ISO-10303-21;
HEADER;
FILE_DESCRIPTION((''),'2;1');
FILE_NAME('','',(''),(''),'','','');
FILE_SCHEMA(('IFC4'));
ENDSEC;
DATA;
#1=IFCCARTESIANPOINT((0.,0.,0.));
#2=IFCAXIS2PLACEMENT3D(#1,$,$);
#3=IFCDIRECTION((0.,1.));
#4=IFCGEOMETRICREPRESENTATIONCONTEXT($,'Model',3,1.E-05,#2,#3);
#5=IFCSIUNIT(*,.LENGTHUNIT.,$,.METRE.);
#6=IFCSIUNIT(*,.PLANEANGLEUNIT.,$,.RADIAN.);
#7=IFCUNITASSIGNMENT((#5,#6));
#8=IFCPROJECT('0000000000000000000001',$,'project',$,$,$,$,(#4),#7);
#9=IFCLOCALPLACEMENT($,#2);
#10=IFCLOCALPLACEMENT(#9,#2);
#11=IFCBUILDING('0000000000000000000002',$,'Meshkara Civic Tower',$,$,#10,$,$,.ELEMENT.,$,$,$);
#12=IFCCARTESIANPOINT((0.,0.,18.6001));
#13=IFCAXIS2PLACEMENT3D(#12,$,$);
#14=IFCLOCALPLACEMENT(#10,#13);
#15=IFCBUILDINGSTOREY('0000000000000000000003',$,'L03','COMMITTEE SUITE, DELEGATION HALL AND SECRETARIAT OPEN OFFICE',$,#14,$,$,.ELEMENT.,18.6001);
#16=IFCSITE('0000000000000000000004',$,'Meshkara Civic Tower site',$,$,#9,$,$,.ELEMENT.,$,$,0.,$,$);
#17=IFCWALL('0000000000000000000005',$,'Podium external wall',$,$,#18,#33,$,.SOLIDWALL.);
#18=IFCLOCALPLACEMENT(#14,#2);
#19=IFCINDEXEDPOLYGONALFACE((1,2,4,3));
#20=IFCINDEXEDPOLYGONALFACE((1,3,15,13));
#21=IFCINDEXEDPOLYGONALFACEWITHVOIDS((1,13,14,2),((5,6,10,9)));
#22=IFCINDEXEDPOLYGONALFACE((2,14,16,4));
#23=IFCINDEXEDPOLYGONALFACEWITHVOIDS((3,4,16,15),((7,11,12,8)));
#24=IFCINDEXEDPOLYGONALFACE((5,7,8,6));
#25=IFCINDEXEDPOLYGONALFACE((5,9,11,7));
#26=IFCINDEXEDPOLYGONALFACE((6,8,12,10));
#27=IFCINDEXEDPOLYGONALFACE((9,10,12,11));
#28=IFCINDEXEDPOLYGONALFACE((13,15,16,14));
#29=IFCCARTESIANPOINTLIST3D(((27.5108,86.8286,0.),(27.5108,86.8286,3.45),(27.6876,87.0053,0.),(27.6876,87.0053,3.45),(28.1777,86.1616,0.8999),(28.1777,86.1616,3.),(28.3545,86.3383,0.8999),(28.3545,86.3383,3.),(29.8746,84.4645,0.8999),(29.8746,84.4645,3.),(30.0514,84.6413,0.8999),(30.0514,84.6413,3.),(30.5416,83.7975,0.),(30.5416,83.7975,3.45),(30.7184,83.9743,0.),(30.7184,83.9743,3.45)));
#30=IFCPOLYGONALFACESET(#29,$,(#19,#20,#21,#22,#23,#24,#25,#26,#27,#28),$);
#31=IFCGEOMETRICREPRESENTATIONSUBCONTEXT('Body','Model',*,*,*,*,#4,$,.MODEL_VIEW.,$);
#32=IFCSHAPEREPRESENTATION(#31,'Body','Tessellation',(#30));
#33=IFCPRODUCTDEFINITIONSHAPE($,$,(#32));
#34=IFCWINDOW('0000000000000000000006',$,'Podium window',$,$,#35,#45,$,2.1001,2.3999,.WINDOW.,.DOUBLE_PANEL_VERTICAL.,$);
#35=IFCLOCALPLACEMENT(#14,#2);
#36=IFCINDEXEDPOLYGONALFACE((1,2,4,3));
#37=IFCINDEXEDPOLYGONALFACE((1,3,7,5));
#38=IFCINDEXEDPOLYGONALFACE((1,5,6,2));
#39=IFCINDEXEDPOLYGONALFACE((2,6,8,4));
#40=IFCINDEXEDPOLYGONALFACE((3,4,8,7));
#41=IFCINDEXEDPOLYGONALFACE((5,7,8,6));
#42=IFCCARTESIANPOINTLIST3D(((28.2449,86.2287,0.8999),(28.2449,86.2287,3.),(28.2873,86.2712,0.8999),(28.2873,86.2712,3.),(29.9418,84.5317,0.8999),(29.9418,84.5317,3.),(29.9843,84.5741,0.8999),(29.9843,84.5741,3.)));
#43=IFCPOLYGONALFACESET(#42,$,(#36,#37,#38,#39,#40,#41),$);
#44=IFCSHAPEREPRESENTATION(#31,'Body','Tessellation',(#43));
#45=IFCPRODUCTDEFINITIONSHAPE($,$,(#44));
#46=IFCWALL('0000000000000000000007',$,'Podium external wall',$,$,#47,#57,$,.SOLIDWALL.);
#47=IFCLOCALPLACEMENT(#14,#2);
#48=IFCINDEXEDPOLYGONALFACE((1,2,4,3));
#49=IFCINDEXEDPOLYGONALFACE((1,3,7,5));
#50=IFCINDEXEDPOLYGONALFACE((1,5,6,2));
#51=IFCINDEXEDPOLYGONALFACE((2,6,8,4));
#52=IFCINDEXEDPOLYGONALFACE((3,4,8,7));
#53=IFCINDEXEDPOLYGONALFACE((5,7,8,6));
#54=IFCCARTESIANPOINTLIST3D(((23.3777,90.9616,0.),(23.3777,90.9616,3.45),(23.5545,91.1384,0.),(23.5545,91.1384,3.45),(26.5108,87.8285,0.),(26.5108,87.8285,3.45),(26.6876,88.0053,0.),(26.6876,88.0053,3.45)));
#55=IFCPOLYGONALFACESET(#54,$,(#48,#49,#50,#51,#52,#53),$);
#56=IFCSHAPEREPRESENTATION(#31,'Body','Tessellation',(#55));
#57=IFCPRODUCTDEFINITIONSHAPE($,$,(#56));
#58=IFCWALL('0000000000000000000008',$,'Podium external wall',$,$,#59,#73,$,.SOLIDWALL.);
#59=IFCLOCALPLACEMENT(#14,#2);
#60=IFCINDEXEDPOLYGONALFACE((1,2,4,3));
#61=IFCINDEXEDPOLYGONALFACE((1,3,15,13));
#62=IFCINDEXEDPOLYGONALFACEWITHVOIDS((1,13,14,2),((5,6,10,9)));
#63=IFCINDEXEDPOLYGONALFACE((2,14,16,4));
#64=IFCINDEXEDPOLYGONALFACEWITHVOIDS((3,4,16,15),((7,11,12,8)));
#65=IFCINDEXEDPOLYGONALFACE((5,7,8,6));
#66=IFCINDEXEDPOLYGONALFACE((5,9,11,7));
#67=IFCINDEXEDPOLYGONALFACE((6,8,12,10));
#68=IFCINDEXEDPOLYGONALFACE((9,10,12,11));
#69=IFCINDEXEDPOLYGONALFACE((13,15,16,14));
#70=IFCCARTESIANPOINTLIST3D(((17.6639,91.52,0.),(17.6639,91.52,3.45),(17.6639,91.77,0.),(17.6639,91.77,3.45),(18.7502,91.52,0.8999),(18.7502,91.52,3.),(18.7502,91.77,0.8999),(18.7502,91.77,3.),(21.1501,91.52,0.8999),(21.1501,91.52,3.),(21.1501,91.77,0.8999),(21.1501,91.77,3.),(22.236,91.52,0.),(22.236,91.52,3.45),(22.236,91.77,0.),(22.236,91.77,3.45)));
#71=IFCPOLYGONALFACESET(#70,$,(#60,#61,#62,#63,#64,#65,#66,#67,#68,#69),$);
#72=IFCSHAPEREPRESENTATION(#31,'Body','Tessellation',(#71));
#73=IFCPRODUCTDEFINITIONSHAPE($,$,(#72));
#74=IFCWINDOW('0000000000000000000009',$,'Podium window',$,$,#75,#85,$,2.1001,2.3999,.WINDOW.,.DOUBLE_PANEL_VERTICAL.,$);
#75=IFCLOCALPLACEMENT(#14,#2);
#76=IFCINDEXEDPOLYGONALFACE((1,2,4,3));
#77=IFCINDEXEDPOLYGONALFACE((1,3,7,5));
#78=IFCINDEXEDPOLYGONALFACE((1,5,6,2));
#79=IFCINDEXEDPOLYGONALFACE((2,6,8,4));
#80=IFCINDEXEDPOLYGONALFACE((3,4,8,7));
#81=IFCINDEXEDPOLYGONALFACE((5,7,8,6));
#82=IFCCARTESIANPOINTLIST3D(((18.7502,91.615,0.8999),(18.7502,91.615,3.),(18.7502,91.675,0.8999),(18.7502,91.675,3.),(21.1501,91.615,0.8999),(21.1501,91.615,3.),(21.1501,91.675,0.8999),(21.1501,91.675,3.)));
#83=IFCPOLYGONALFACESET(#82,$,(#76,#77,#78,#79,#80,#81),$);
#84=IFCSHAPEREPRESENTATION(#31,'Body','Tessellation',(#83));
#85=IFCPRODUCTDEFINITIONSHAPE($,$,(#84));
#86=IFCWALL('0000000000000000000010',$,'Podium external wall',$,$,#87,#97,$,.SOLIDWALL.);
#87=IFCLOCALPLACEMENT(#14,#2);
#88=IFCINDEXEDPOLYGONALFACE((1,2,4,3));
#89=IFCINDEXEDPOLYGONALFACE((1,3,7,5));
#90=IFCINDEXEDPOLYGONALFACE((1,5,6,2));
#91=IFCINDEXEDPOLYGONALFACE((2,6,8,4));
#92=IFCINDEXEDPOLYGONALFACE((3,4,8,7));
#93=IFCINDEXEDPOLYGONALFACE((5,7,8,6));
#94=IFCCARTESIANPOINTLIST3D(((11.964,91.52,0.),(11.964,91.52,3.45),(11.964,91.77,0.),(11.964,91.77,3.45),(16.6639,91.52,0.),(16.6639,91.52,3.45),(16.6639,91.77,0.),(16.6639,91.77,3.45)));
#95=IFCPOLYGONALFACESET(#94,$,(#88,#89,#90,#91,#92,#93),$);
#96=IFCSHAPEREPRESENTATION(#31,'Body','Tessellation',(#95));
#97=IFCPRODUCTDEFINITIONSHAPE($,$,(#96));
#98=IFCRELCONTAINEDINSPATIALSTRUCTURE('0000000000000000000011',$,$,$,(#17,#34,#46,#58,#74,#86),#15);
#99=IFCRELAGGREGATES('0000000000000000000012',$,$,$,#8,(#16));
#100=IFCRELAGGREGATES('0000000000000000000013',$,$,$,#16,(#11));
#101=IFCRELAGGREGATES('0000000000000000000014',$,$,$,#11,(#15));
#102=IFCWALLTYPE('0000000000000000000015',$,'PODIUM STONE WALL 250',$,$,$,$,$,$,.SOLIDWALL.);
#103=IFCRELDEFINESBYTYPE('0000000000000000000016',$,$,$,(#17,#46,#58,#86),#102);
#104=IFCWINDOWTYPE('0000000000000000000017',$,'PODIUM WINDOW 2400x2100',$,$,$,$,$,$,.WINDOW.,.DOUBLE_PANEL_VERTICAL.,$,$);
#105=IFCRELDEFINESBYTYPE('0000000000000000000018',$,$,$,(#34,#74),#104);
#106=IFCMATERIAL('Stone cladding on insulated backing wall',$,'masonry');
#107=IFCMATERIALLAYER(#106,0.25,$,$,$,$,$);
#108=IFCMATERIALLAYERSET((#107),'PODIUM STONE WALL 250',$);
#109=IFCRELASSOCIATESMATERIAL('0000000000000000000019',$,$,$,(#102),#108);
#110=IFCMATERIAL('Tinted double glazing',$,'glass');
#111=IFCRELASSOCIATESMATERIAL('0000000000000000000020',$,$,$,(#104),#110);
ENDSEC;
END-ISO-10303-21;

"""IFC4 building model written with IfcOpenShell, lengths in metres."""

from ifc_helpers import new_model, si_unit, direction, frame, frame_2d, origin, place, context, subcontext, project, spatial, rectangle, extrude, material, layer, layer_set, type_object, element, fill, save


model = new_model("IFC4")

# Units and contexts
model_context = context("Model", 3, precision=1e-05, world=origin(), true_north=direction((0.0, 1.0)))
body_context = subcontext(model_context, "Body", "Model", "MODEL_VIEW")
ifc_project = project(units=[si_unit("LENGTHUNIT", "METRE"), si_unit("PLANEANGLEUNIT", "RADIAN")], contexts=[model_context])

# Site, building, storey
site_placement = place(None, origin())
site = spatial("IfcSite", under=ifc_project, at=site_placement, Name="Meshkara Civic Tower site", CompositionType="ELEMENT", RefElevation=0.0)
building_placement = place(site_placement, origin())
building = spatial("IfcBuilding", under=site, at=building_placement, Name="Meshkara Civic Tower", CompositionType="ELEMENT")
storey_placement = place(building_placement, frame((0.0, 0.0, 18.6001)))
storey = spatial("IfcBuildingStorey", under=building, at=storey_placement, Name="L03", Description="COMMITTEE SUITE, DELEGATION HALL AND SECRETARIAT OPEN OFFICE", CompositionType="ELEMENT", Elevation=18.6001)

# Wall, opening, window
ifc_material_1 = material(Name="Stone cladding on insulated backing wall", Category="masonry")
ifc_layer_1 = layer(ifc_material_1, 0.25)
ifc_layer_set_1 = layer_set([ifc_layer_1], Name="PODIUM STONE WALL 250")
wall_type_1 = type_object("IfcWallType", Name="PODIUM STONE WALL 250", PredefinedType="SOLIDWALL", material=ifc_layer_set_1)
wall_1_placement = place(storey_placement, frame((30.6299, 83.886, 0.0), z_axis=(0.0, 0.0, 1.0), x_axis=(-0.707078, 0.707135, 0.0)))
wall_1 = element("IfcWall", 1, at=wall_1_placement, inside=storey, type_object=wall_type_1, Name="Podium external wall", PredefinedType="SOLIDWALL", context=body_context, shape_type="SweptSolid", body=[
    extrude(rectangle(XDim=4.2864, YDim=0.25, at=frame_2d((2.1431, 0.0))), origin(), (0.0, 0.0, 1.0), 3.45),
])
opening_1_placement = place(wall_1_placement, frame((0.9431, 0.0, 0.8999)))
opening_1 = element("IfcOpeningElement", 2, at=opening_1_placement, cuts=wall_1, PredefinedType="OPENING", context=body_context, shape_type="SweptSolid", body=[
    extrude(rectangle(XDim=2.3999, YDim=2.1001, at=frame_2d((1.2, 1.05))), frame((0.0, 0.135, 0.0), z_axis=(0.0, -1.0, 0.0), x_axis=(1.0, 0.0, 0.0)), (0.0, 0.0, 1.0), 0.27),
])
ifc_material_2 = material(Name="Tinted double glazing", Category="glass")
window_type = type_object("IfcWindowType", Name="PODIUM WINDOW 2400x2100", PartitioningType="DOUBLE_PANEL_VERTICAL", PredefinedType="WINDOW", material=ifc_material_2)
window_1_placement = place(opening_1_placement, origin())
window_1 = element("IfcWindow", 3, at=window_1_placement, inside=storey, type_object=window_type, Name="Podium window", OverallHeight=2.1001, OverallWidth=2.3999, PartitioningType="DOUBLE_PANEL_VERTICAL", PredefinedType="WINDOW", context=body_context, shape_type="SweptSolid", body=[
    extrude(rectangle(XDim=2.3999, YDim=2.1001, at=frame_2d((1.2, 1.05))), frame((0.0, 0.03, 0.0), z_axis=(0.0, -1.0, 0.0), x_axis=(1.0, 0.0, 0.0)), (0.0, 0.0, 1.0), 0.0601),
])
fill(opening_1, window_1)

# Wall
wall_2_placement = place(storey_placement, frame((26.5991, 87.917, 0.0), z_axis=(0.0, 0.0, 1.0), x_axis=(-0.707107, 0.707107, 0.0)))
element("IfcWall", 4, at=wall_2_placement, inside=storey, type_object=wall_type_1, Name="Podium external wall", PredefinedType="SOLIDWALL", context=body_context, shape_type="SweptSolid", body=[
    extrude(rectangle(XDim=4.4309, YDim=0.25, at=frame_2d((2.2153, 0.0))), origin(), (0.0, 0.0, 1.0), 3.45),
])

# Wall, opening, window
wall_3_placement = place(storey_placement, frame((22.2361, 91.645, 0.0), z_axis=(0.0, 0.0, 1.0), x_axis=(-1.0, 0.0, 0.0)))
wall_3 = element("IfcWall", 5, at=wall_3_placement, inside=storey, type_object=wall_type_1, Name="Podium external wall", PredefinedType="SOLIDWALL", context=body_context, shape_type="SweptSolid", body=[
    extrude(rectangle(XDim=4.572, YDim=0.25, at=frame_2d((2.2861, 0.0))), origin(), (0.0, 0.0, 1.0), 3.45),
])
opening_2_placement = place(wall_3_placement, frame((1.0859, 0.0, 0.8999)))
opening_2 = element("IfcOpeningElement", 6, at=opening_2_placement, cuts=wall_3, PredefinedType="OPENING", context=body_context, shape_type="SweptSolid", body=[
    extrude(rectangle(XDim=2.3999, YDim=2.1001, at=frame_2d((1.2, 1.05))), frame((0.0, 0.135, 0.0), z_axis=(0.0, -1.0, 0.0), x_axis=(1.0, 0.0, 0.0)), (0.0, 0.0, 1.0), 0.27),
])
window_2_placement = place(opening_2_placement, origin())
window_2 = element("IfcWindow", 7, at=window_2_placement, inside=storey, type_object=window_type, Name="Podium window", OverallHeight=2.1001, OverallWidth=2.3999, PartitioningType="DOUBLE_PANEL_VERTICAL", PredefinedType="WINDOW", context=body_context, shape_type="SweptSolid", body=[
    extrude(rectangle(XDim=2.3999, YDim=2.1001, at=frame_2d((1.2, 1.05))), frame((0.0, 0.03, 0.0), z_axis=(0.0, -1.0, 0.0), x_axis=(1.0, 0.0, 0.0)), (0.0, 0.0, 1.0), 0.0601),
])
fill(opening_2, window_2)

# Wall
wall_4_placement = place(storey_placement, frame((16.6641, 91.645, 0.0), z_axis=(0.0, 0.0, 1.0), x_axis=(-1.0, 0.0, 0.0)))
element("IfcWall", 8, at=wall_4_placement, inside=storey, type_object=wall_type_1, Name="Podium external wall", PredefinedType="SOLIDWALL", context=body_context, shape_type="SweptSolid", body=[
    extrude(rectangle(XDim=4.7, YDim=0.25, at=frame_2d((2.3501, 0.0))), origin(), (0.0, 0.0, 1.0), 3.45),
])

save(model, "model.ifc")
